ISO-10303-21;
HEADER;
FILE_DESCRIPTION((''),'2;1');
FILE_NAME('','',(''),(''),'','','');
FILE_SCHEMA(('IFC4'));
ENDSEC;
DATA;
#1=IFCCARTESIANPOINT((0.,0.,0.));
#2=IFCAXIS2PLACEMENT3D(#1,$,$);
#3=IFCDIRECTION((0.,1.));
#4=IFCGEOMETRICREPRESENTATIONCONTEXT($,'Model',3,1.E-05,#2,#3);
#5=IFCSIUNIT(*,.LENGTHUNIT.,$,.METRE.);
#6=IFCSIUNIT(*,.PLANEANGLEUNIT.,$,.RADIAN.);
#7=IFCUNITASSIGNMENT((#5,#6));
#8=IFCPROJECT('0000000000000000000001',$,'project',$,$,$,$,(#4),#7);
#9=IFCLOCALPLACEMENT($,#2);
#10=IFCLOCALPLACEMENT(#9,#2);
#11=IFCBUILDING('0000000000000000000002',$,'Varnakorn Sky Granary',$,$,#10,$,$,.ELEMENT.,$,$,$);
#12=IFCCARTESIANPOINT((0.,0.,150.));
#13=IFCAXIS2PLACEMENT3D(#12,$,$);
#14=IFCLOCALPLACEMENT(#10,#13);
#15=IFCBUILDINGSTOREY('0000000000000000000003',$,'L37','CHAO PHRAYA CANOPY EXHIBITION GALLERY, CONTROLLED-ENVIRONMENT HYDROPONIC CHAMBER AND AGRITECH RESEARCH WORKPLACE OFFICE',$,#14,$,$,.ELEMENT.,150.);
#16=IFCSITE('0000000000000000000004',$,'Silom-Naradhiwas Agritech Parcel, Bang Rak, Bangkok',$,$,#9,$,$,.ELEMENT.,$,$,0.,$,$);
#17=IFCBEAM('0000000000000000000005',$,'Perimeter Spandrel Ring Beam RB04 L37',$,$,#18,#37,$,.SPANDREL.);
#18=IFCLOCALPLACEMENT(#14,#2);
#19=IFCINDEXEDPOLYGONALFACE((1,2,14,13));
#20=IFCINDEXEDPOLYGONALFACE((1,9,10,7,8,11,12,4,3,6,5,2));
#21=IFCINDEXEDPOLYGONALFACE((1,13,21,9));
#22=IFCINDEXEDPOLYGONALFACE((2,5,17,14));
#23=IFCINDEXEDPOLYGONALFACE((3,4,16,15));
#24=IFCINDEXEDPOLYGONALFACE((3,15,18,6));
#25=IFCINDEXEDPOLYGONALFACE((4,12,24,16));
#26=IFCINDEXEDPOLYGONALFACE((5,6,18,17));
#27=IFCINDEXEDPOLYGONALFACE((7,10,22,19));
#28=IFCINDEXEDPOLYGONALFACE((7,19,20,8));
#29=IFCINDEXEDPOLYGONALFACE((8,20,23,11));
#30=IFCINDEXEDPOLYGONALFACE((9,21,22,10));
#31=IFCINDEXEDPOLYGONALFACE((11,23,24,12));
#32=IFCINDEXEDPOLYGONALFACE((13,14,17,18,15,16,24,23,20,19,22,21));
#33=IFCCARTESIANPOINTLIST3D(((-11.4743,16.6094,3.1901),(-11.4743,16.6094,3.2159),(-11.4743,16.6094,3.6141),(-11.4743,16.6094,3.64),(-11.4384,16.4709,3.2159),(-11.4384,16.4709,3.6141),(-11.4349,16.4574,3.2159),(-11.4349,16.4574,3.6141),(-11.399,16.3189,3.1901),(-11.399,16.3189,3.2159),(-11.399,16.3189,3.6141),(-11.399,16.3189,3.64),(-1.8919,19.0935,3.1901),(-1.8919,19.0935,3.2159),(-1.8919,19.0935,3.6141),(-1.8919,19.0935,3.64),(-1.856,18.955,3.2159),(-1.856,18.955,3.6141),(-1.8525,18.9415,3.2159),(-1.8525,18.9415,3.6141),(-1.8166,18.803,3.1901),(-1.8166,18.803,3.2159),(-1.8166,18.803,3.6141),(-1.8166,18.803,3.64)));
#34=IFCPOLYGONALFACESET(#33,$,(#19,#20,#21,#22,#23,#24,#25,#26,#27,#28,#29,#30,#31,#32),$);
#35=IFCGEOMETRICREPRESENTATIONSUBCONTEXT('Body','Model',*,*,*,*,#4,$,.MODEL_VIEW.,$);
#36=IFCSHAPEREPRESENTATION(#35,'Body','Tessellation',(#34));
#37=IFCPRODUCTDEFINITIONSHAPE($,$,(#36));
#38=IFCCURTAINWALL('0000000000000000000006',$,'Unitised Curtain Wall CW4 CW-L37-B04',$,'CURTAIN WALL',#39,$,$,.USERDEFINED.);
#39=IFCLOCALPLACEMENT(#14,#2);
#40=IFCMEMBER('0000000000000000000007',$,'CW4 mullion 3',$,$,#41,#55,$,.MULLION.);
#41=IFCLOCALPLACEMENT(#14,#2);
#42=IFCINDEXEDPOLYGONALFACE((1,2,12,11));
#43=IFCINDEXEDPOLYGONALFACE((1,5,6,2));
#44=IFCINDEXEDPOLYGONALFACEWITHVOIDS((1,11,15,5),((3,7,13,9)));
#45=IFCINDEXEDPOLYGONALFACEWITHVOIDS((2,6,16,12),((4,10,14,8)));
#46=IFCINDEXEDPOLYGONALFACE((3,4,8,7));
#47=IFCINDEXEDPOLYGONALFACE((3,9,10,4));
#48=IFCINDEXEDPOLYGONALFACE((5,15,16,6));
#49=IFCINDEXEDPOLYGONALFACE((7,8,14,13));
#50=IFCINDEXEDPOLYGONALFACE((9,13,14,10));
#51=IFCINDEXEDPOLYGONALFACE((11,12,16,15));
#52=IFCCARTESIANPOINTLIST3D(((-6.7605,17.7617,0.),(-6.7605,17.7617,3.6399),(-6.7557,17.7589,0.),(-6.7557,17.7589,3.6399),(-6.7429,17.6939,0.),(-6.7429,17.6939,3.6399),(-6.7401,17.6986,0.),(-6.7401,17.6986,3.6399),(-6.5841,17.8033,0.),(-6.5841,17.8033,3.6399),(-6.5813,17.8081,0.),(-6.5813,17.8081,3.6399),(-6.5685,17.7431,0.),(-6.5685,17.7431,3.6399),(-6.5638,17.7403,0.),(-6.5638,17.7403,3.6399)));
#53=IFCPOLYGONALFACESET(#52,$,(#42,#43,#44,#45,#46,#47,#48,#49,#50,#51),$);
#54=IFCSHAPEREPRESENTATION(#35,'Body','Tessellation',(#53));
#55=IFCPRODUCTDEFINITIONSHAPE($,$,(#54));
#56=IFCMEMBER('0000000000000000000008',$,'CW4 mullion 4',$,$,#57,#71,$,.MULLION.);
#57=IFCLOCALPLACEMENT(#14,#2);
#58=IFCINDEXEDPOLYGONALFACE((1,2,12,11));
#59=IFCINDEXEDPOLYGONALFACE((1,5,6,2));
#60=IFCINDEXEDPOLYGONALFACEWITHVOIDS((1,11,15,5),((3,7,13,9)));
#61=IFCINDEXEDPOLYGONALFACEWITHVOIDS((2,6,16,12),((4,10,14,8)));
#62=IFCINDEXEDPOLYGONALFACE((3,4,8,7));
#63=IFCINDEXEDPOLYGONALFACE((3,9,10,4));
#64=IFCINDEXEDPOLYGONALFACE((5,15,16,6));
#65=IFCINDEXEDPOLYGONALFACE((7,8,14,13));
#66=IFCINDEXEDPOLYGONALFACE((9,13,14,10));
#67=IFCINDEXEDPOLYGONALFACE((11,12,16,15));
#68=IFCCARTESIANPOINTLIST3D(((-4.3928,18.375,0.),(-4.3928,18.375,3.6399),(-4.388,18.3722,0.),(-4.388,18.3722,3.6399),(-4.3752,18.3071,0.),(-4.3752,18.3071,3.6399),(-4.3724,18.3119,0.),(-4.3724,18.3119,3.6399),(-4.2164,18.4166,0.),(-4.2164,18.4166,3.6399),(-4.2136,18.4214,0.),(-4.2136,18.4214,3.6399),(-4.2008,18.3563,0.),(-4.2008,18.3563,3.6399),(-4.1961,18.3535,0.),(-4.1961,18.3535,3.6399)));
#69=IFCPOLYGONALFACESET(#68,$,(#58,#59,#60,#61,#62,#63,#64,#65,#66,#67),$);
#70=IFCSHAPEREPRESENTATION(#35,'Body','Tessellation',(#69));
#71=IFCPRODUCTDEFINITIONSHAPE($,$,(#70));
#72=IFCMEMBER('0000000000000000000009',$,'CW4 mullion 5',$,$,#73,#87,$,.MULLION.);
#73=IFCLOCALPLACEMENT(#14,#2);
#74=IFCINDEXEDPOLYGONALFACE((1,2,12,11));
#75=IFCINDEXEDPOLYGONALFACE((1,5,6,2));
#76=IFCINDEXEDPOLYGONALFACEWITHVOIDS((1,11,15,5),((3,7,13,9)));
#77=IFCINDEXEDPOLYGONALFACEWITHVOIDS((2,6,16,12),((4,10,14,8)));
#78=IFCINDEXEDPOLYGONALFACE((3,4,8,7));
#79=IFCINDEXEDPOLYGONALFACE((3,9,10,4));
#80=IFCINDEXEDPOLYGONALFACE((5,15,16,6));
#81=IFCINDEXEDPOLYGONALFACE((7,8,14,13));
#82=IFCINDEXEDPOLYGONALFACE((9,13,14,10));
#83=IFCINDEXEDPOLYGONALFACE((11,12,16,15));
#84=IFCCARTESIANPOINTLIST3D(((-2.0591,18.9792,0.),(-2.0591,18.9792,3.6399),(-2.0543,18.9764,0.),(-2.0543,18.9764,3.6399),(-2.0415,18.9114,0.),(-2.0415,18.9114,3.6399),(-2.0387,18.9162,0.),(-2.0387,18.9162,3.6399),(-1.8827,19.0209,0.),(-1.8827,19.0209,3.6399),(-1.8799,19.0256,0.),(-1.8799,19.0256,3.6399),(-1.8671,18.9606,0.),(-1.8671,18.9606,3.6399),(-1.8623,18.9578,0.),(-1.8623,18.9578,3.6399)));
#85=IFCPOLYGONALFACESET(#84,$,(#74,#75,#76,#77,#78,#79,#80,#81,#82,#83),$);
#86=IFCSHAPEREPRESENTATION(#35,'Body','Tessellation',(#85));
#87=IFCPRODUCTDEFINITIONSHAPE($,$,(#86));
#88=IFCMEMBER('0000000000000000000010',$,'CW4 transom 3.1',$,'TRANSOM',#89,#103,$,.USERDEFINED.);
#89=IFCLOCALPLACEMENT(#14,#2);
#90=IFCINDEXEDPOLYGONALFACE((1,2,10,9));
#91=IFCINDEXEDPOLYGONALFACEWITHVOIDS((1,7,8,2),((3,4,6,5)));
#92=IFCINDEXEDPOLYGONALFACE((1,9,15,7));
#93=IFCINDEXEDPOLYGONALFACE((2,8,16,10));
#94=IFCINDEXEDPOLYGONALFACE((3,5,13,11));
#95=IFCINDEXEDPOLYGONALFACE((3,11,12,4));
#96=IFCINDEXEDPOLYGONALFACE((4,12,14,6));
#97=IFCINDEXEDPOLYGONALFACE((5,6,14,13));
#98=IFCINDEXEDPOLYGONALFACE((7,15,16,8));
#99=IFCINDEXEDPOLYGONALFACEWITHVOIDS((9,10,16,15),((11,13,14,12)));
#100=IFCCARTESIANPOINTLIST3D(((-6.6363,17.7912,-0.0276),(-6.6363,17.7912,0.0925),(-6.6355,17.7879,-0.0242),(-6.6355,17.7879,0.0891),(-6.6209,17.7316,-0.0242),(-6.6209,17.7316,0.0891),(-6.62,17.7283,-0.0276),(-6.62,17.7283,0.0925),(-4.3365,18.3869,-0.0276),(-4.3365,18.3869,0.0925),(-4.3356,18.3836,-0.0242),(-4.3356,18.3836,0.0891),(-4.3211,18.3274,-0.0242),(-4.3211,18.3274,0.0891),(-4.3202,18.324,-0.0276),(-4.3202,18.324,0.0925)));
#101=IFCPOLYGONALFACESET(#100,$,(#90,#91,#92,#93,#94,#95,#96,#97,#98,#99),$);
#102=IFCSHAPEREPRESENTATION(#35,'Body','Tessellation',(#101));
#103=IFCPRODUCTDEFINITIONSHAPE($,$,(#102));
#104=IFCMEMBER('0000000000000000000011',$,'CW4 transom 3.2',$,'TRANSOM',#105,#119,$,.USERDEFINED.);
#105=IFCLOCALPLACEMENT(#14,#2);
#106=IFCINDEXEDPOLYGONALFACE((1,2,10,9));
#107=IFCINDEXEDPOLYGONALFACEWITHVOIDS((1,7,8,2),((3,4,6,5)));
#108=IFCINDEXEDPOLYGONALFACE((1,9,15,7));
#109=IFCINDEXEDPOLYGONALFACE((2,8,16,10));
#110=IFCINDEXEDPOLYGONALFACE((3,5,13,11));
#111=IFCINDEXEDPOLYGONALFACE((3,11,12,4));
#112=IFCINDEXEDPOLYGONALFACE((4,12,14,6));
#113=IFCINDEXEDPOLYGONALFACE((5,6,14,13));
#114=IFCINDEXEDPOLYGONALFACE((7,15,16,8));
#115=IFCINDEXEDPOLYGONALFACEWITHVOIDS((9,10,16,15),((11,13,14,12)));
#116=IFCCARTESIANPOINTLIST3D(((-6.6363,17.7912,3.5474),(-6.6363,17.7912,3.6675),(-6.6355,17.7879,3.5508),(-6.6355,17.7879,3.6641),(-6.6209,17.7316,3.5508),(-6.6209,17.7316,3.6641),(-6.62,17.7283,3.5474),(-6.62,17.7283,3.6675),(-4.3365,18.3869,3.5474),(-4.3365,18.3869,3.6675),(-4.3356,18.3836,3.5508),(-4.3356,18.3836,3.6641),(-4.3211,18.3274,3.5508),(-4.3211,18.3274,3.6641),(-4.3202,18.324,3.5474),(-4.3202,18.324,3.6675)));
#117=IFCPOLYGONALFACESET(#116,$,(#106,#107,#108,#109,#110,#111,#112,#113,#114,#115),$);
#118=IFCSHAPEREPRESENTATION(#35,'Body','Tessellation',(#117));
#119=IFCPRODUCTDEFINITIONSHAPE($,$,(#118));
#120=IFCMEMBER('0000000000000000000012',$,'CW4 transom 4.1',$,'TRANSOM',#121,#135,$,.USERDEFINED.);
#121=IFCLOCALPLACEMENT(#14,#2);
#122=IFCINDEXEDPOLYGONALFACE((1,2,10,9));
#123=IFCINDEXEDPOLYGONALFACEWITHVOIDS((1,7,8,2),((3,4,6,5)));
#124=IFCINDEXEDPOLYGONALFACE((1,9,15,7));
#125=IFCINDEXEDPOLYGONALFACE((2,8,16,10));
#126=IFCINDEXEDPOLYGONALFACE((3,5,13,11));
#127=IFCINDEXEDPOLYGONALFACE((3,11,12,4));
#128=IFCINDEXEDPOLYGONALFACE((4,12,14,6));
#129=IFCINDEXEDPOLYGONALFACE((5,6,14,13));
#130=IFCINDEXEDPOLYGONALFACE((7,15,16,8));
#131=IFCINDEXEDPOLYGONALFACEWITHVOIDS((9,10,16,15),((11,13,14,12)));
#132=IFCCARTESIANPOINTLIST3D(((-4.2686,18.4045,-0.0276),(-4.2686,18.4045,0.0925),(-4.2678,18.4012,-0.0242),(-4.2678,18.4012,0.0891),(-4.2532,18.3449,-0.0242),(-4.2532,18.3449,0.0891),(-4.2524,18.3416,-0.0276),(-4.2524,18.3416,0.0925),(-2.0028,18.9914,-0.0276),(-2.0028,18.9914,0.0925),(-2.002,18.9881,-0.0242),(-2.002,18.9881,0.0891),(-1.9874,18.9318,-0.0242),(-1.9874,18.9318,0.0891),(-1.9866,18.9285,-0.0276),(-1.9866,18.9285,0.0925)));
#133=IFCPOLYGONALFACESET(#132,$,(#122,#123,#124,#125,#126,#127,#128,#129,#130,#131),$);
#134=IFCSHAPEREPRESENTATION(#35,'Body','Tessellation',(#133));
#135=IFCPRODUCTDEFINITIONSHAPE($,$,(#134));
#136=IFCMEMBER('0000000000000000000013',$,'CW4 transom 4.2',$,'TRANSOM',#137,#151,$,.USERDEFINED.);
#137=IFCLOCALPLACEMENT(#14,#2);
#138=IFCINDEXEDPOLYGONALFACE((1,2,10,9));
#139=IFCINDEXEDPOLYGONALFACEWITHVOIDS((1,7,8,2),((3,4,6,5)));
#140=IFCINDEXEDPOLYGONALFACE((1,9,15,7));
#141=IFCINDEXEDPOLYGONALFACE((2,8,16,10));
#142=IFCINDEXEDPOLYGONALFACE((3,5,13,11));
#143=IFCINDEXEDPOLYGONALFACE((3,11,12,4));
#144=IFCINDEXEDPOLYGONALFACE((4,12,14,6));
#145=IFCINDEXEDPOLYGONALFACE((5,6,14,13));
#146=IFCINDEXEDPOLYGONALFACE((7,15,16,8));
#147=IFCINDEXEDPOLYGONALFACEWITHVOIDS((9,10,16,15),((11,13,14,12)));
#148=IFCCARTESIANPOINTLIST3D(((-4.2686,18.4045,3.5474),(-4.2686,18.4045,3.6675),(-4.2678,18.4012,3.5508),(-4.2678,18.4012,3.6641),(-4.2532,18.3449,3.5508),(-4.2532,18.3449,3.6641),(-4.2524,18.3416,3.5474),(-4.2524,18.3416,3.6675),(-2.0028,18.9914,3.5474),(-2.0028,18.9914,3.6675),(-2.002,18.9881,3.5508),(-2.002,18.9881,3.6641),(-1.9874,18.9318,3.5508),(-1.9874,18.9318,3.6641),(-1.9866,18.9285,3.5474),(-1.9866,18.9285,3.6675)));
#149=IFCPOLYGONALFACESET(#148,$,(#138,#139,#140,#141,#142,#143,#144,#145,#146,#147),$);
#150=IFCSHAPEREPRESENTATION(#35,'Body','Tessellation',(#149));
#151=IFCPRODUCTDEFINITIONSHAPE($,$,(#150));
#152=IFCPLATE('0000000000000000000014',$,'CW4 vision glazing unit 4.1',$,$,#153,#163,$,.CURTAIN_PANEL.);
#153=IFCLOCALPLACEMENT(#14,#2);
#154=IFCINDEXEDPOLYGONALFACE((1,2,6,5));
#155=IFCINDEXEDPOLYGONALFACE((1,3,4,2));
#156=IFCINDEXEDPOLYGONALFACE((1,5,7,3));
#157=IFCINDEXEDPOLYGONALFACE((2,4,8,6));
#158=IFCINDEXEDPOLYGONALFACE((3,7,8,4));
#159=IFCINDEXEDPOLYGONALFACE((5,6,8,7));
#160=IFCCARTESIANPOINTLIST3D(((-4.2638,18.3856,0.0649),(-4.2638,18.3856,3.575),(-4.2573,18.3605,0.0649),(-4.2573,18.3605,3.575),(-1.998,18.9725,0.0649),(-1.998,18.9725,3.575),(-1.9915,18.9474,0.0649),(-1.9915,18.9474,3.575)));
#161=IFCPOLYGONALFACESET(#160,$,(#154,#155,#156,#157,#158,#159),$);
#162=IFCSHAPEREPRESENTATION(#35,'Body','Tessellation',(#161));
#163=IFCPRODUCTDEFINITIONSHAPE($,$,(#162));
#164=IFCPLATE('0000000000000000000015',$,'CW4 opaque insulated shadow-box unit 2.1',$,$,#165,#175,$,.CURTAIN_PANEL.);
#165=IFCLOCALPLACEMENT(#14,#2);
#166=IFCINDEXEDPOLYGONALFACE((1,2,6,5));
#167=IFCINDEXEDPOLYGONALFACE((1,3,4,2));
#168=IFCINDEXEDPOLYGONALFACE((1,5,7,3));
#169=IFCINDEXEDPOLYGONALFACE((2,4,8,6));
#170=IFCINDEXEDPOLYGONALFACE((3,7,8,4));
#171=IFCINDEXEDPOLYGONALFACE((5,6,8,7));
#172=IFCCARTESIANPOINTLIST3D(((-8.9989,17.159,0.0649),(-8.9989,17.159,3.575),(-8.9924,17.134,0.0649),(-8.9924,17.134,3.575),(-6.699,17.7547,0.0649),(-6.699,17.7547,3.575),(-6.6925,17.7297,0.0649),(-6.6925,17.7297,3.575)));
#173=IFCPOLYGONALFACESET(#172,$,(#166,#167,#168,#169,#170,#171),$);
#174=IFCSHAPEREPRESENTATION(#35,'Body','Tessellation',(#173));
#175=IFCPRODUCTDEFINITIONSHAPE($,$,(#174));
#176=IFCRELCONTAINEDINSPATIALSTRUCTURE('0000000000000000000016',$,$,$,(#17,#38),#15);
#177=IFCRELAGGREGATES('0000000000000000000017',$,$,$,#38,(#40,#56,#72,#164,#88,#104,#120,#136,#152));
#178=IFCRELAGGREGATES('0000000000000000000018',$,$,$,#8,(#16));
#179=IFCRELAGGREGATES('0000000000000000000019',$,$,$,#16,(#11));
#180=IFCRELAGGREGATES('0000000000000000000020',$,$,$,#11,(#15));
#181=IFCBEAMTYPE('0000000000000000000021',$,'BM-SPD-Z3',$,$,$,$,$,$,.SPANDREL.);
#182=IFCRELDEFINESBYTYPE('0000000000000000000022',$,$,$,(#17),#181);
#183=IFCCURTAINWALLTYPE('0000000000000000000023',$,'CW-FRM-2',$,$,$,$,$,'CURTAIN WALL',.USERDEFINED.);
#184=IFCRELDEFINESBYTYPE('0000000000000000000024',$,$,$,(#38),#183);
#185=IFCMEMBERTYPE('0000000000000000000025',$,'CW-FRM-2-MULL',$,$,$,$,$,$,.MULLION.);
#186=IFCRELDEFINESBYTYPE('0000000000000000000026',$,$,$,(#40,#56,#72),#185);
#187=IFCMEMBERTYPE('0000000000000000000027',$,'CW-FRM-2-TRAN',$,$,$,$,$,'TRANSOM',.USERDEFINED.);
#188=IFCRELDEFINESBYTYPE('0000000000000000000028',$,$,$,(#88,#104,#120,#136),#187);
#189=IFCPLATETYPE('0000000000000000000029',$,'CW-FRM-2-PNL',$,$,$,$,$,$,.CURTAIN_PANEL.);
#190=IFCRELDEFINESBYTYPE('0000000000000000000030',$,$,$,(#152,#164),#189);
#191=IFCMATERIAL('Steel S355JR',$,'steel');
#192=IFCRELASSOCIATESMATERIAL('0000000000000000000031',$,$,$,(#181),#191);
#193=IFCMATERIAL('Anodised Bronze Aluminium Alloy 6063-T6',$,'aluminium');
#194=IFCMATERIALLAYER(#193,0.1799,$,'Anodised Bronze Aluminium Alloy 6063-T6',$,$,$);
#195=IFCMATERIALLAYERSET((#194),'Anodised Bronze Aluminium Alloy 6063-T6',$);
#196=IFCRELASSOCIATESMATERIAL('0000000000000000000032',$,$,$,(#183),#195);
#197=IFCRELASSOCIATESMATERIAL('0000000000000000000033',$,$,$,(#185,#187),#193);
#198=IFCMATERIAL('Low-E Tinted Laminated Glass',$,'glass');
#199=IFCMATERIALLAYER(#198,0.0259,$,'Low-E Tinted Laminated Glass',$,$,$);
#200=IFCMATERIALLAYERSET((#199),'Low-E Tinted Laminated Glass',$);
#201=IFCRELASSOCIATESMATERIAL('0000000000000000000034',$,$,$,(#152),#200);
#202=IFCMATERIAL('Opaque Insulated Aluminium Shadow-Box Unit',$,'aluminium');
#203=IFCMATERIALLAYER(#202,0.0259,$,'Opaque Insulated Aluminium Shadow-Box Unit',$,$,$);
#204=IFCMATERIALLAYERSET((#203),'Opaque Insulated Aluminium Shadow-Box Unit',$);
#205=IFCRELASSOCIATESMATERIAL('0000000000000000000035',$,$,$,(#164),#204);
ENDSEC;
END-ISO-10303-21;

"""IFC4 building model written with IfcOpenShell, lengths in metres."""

from ifc_helpers import new_model, si_unit, direction, frame, origin, origin_2d, place, context, subcontext, project, spatial, rectangle, hollow_rectangle, i_section, extrude, source, transform, mapped, material, layer, layer_set, material_profile, profile_set, type_object, type_shapes, element, aggregate, save


model = new_model("IFC4")

# Units and contexts
model_context = context("Model", 3, precision=1e-05, world=origin(), true_north=direction((0.0, 1.0)))
body_context = subcontext(model_context, "Body", "Model", "MODEL_VIEW")
ifc_project = project(units=[si_unit("LENGTHUNIT", "METRE"), si_unit("PLANEANGLEUNIT", "RADIAN")], contexts=[model_context])

# Site, building, storey
site_placement = place(None, origin())
site = spatial("IfcSite", under=ifc_project, at=site_placement, Name="Silom-Naradhiwas Agritech Parcel, Bang Rak, Bangkok", CompositionType="ELEMENT", RefElevation=0.0)
building_placement = place(site_placement, origin())
building = spatial("IfcBuilding", under=site, at=building_placement, Name="Varnakorn Sky Granary", CompositionType="ELEMENT")
storey_placement = place(building_placement, frame((0.0, 0.0, 150.0)))
storey = spatial("IfcBuildingStorey", under=building, at=storey_placement, Name="L37", Description="CHAO PHRAYA CANOPY EXHIBITION GALLERY, CONTROLLED-ENVIRONMENT HYDROPONIC CHAMBER AND AGRITECH RESEARCH WORKPLACE OFFICE", CompositionType="ELEMENT", Elevation=150.0)

# Beam
ifc_material_1 = material(Name="Steel S355JR", Category="steel")
ifc_material_profile_1 = material_profile(ifc_material_1, i_section(OverallWidth=0.3, OverallDepth=0.45, WebThickness=0.0139, FlangeThickness=0.0259, at=origin_2d()), Name="HE 450 B")
ifc_profile_set_1 = profile_set([ifc_material_profile_1], Name="Steel S355JR")
beam_type_1 = type_object("IfcBeamType", Name="BM-SPD-Z3", PredefinedType="SPANDREL", material=ifc_profile_set_1)
beam_1_placement = place(storey_placement, frame((-1.8542, 18.9482, 3.415), z_axis=(-0.968002, -0.250941, 0.0), x_axis=(0.250941, -0.968002, 0.0)))
element("IfcBeam", 1, at=beam_1_placement, inside=storey, type_object=beam_type_1, Name="Perimeter Spandrel Ring Beam RB04 L37", PredefinedType="SPANDREL", context=body_context, shape_type="SweptSolid", body=[
    extrude(i_section(OverallWidth=0.3, OverallDepth=0.45, WebThickness=0.0139, FlangeThickness=0.0259, at=origin_2d()), origin(), (0.0, 0.0, 1.0), 9.8992),
])

# Curtain wall, members, plates
ifc_material_2 = material(Name="Anodised Bronze Aluminium Alloy 6063-T6", Category="aluminium")
ifc_layer_1 = layer(ifc_material_2, 0.1799, Name="Anodised Bronze Aluminium Alloy 6063-T6")
ifc_layer_set_1 = layer_set([ifc_layer_1], Name="Anodised Bronze Aluminium Alloy 6063-T6")
curtain_wall_type = type_object("IfcCurtainWallType", Name="CW-FRM-2", ElementType="CURTAIN WALL", PredefinedType="USERDEFINED", material=ifc_layer_set_1)
curtain_wall_placement = place(storey_placement, origin())
curtain_wall = element("IfcCurtainWall", 2, at=curtain_wall_placement, inside=storey, type_object=curtain_wall_type, Name="Unitised Curtain Wall CW4 CW-L37-B04", ObjectType="CURTAIN WALL", PredefinedType="USERDEFINED")
ifc_material_profile_2 = material_profile(ifc_material_2, hollow_rectangle(XDim=0.0701, YDim=0.1851, WallThickness=0.0039, at=origin_2d()), Name="ALU MULL 70x185")
ifc_profile_set_2 = profile_set([ifc_material_profile_2], Name="Anodised Bronze Aluminium Alloy 6063-T6")
member_type_1 = type_object("IfcMemberType", Name="CW-FRM-2-MULL", PredefinedType="MULLION", material=ifc_profile_set_2)
member_1_placement = place(storey_placement, frame((-6.6621, 17.751, 0.0), z_axis=(0.0, 0.0, 1.0), x_axis=(-0.250748, 0.968052, 0.0)))
member_1 = element("IfcMember", 3, at=member_1_placement, type_object=member_type_1, Name="CW4 mullion 3", PredefinedType="MULLION", context=body_context, shape_type="SweptSolid", body=[
    extrude(hollow_rectangle(XDim=0.0701, YDim=0.1851, WallThickness=0.0039, at=origin_2d()), origin(), (0.0, 0.0, 1.0), 3.6399),
])
member_2_placement = place(storey_placement, frame((-4.2944, 18.3643, 0.0), z_axis=(0.0, 0.0, 1.0), x_axis=(-0.250748, 0.968052, 0.0)))
member_2 = element("IfcMember", 4, at=member_2_placement, type_object=member_type_1, Name="CW4 mullion 4", PredefinedType="MULLION", context=body_context, shape_type="SweptSolid", body=[
    extrude(hollow_rectangle(XDim=0.0701, YDim=0.1851, WallThickness=0.0039, at=origin_2d()), origin(), (0.0, 0.0, 1.0), 3.6399),
])
member_3_placement = place(storey_placement, frame((-1.9607, 18.9685, 0.0), z_axis=(0.0, 0.0, 1.0), x_axis=(-0.250748, 0.968052, 0.0)))
member_3 = element("IfcMember", 5, at=member_3_placement, type_object=member_type_1, Name="CW4 mullion 5", PredefinedType="MULLION", context=body_context, shape_type="SweptSolid", body=[
    extrude(hollow_rectangle(XDim=0.0701, YDim=0.1851, WallThickness=0.0039, at=origin_2d()), origin(), (0.0, 0.0, 1.0), 3.6399),
])
ifc_material_profile_3 = material_profile(ifc_material_2, hollow_rectangle(XDim=0.0649, YDim=0.1201, WallThickness=0.0034, at=origin_2d()), Name="ALU TRAN 65x120")
ifc_profile_set_3 = profile_set([ifc_material_profile_3], Name="Anodised Bronze Aluminium Alloy 6063-T6")
member_type_2 = type_object("IfcMemberType", Name="CW-FRM-2-TRAN", ElementType="TRANSOM", PredefinedType="USERDEFINED", material=ifc_profile_set_3)
member_4_placement = place(storey_placement, frame((-6.6282, 17.7598, 0.0325), z_axis=(0.968052, 0.250748, 0.0), x_axis=(-0.250748, 0.968052, 0.0)))
member_4 = element("IfcMember", 6, at=member_4_placement, type_object=member_type_2, Name="CW4 transom 3.1", ObjectType="TRANSOM", PredefinedType="USERDEFINED", context=body_context, shape_type="SweptSolid", body=[
    extrude(hollow_rectangle(XDim=0.0649, YDim=0.1201, WallThickness=0.0034, at=origin_2d()), origin(), (0.0, 0.0, 1.0), 2.3757),
])
member_5_placement = place(storey_placement, frame((-6.6282, 17.7598, 3.6074), z_axis=(0.968052, 0.250748, 0.0), x_axis=(-0.250748, 0.968052, 0.0)))
member_5 = element("IfcMember", 7, at=member_5_placement, type_object=member_type_2, Name="CW4 transom 3.2", ObjectType="TRANSOM", PredefinedType="USERDEFINED", context=body_context, shape_type="SweptSolid", body=[
    extrude(hollow_rectangle(XDim=0.0649, YDim=0.1201, WallThickness=0.0034, at=origin_2d()), origin(), (0.0, 0.0, 1.0), 2.3757),
])
member_6_placement = place(storey_placement, frame((-4.2605, 18.373, 0.0325), z_axis=(0.968052, 0.250749, 0.0), x_axis=(-0.250749, 0.968052, 0.0)))
member_6 = element("IfcMember", 8, at=member_6_placement, type_object=member_type_2, Name="CW4 transom 4.1", ObjectType="TRANSOM", PredefinedType="USERDEFINED", context=body_context, shape_type="SweptSolid", body=[
    extrude(hollow_rectangle(XDim=0.0649, YDim=0.1201, WallThickness=0.0034, at=origin_2d()), origin(), (0.0, 0.0, 1.0), 2.3406),
])
member_7_placement = place(storey_placement, frame((-4.2605, 18.373, 3.6074), z_axis=(0.968052, 0.250749, 0.0), x_axis=(-0.250749, 0.968052, 0.0)))
member_7 = element("IfcMember", 9, at=member_7_placement, type_object=member_type_2, Name="CW4 transom 4.2", ObjectType="TRANSOM", PredefinedType="USERDEFINED", context=body_context, shape_type="SweptSolid", body=[
    extrude(hollow_rectangle(XDim=0.0649, YDim=0.1201, WallThickness=0.0034, at=origin_2d()), origin(), (0.0, 0.0, 1.0), 2.3406),
])
ifc_material_3 = material(Name="Low-E Tinted Laminated Glass", Category="glass")
ifc_layer_2 = layer(ifc_material_3, 0.0259, Name="Low-E Tinted Laminated Glass")
ifc_layer_set_2 = layer_set([ifc_layer_2], Name="Low-E Tinted Laminated Glass")
plate_type = type_object("IfcPlateType", Name="CW-FRM-2-PNL", PredefinedType="CURTAIN_PANEL")
shared_shape_1 = source(origin(), body_context, "Body", "SweptSolid", [
    extrude(rectangle(XDim=2.3406, YDim=0.0259, at=origin_2d()), origin(), (0.0, 0.0, 1.0), 3.51),
])
plate_1_placement = place(storey_placement, frame((-3.1277, 18.6665, 0.0649), z_axis=(0.0, 0.0, 1.0), x_axis=(0.968052, 0.250748, 0.0)))
plate_1 = element("IfcPlate", 10, at=plate_1_placement, type_object=plate_type, material=ifc_layer_set_2, Name="CW4 vision glazing unit 4.1", PredefinedType="CURTAIN_PANEL", context=body_context, shape_type="MappedRepresentation", body=[
    mapped(shared_shape_1, transform((0.0, 0.0, 0.0), x_axis=(1.0, 0.0, 0.0), y_axis=(0.0, 1.0, 0.0), z_axis=(0.0, 0.0, 1.0), scale=1.0)),
])
ifc_material_4 = material(Name="Opaque Insulated Aluminium Shadow-Box Unit", Category="aluminium")
ifc_layer_3 = layer(ifc_material_4, 0.0259, Name="Opaque Insulated Aluminium Shadow-Box Unit")
ifc_layer_set_3 = layer_set([ifc_layer_3], Name="Opaque Insulated Aluminium Shadow-Box Unit")
shared_shape_2 = source(origin(), body_context, "Body", "SweptSolid", [
    extrude(rectangle(XDim=2.3757, YDim=0.0259, at=origin_2d()), origin(), (0.0, 0.0, 1.0), 3.51),
])
type_shapes(plate_type, [shared_shape_1, shared_shape_2])
plate_2_placement = place(storey_placement, frame((-7.8457, 17.4443, 0.0649), z_axis=(0.0, 0.0, 1.0), x_axis=(0.968052, 0.250748, 0.0)))
plate_2 = element("IfcPlate", 11, at=plate_2_placement, type_object=plate_type, material=ifc_layer_set_3, Name="CW4 opaque insulated shadow-box unit 2.1", PredefinedType="CURTAIN_PANEL", context=body_context, shape_type="MappedRepresentation", body=[
    mapped(shared_shape_2, transform((0.0, 0.0, 0.0), x_axis=(1.0, 0.0, 0.0), y_axis=(0.0, 1.0, 0.0), z_axis=(0.0, 0.0, 1.0), scale=1.0)),
])
aggregate(curtain_wall, [member_1, member_2, member_3, plate_2, member_4, member_5, member_6, member_7, plate_1])

save(model, "model.ifc")
